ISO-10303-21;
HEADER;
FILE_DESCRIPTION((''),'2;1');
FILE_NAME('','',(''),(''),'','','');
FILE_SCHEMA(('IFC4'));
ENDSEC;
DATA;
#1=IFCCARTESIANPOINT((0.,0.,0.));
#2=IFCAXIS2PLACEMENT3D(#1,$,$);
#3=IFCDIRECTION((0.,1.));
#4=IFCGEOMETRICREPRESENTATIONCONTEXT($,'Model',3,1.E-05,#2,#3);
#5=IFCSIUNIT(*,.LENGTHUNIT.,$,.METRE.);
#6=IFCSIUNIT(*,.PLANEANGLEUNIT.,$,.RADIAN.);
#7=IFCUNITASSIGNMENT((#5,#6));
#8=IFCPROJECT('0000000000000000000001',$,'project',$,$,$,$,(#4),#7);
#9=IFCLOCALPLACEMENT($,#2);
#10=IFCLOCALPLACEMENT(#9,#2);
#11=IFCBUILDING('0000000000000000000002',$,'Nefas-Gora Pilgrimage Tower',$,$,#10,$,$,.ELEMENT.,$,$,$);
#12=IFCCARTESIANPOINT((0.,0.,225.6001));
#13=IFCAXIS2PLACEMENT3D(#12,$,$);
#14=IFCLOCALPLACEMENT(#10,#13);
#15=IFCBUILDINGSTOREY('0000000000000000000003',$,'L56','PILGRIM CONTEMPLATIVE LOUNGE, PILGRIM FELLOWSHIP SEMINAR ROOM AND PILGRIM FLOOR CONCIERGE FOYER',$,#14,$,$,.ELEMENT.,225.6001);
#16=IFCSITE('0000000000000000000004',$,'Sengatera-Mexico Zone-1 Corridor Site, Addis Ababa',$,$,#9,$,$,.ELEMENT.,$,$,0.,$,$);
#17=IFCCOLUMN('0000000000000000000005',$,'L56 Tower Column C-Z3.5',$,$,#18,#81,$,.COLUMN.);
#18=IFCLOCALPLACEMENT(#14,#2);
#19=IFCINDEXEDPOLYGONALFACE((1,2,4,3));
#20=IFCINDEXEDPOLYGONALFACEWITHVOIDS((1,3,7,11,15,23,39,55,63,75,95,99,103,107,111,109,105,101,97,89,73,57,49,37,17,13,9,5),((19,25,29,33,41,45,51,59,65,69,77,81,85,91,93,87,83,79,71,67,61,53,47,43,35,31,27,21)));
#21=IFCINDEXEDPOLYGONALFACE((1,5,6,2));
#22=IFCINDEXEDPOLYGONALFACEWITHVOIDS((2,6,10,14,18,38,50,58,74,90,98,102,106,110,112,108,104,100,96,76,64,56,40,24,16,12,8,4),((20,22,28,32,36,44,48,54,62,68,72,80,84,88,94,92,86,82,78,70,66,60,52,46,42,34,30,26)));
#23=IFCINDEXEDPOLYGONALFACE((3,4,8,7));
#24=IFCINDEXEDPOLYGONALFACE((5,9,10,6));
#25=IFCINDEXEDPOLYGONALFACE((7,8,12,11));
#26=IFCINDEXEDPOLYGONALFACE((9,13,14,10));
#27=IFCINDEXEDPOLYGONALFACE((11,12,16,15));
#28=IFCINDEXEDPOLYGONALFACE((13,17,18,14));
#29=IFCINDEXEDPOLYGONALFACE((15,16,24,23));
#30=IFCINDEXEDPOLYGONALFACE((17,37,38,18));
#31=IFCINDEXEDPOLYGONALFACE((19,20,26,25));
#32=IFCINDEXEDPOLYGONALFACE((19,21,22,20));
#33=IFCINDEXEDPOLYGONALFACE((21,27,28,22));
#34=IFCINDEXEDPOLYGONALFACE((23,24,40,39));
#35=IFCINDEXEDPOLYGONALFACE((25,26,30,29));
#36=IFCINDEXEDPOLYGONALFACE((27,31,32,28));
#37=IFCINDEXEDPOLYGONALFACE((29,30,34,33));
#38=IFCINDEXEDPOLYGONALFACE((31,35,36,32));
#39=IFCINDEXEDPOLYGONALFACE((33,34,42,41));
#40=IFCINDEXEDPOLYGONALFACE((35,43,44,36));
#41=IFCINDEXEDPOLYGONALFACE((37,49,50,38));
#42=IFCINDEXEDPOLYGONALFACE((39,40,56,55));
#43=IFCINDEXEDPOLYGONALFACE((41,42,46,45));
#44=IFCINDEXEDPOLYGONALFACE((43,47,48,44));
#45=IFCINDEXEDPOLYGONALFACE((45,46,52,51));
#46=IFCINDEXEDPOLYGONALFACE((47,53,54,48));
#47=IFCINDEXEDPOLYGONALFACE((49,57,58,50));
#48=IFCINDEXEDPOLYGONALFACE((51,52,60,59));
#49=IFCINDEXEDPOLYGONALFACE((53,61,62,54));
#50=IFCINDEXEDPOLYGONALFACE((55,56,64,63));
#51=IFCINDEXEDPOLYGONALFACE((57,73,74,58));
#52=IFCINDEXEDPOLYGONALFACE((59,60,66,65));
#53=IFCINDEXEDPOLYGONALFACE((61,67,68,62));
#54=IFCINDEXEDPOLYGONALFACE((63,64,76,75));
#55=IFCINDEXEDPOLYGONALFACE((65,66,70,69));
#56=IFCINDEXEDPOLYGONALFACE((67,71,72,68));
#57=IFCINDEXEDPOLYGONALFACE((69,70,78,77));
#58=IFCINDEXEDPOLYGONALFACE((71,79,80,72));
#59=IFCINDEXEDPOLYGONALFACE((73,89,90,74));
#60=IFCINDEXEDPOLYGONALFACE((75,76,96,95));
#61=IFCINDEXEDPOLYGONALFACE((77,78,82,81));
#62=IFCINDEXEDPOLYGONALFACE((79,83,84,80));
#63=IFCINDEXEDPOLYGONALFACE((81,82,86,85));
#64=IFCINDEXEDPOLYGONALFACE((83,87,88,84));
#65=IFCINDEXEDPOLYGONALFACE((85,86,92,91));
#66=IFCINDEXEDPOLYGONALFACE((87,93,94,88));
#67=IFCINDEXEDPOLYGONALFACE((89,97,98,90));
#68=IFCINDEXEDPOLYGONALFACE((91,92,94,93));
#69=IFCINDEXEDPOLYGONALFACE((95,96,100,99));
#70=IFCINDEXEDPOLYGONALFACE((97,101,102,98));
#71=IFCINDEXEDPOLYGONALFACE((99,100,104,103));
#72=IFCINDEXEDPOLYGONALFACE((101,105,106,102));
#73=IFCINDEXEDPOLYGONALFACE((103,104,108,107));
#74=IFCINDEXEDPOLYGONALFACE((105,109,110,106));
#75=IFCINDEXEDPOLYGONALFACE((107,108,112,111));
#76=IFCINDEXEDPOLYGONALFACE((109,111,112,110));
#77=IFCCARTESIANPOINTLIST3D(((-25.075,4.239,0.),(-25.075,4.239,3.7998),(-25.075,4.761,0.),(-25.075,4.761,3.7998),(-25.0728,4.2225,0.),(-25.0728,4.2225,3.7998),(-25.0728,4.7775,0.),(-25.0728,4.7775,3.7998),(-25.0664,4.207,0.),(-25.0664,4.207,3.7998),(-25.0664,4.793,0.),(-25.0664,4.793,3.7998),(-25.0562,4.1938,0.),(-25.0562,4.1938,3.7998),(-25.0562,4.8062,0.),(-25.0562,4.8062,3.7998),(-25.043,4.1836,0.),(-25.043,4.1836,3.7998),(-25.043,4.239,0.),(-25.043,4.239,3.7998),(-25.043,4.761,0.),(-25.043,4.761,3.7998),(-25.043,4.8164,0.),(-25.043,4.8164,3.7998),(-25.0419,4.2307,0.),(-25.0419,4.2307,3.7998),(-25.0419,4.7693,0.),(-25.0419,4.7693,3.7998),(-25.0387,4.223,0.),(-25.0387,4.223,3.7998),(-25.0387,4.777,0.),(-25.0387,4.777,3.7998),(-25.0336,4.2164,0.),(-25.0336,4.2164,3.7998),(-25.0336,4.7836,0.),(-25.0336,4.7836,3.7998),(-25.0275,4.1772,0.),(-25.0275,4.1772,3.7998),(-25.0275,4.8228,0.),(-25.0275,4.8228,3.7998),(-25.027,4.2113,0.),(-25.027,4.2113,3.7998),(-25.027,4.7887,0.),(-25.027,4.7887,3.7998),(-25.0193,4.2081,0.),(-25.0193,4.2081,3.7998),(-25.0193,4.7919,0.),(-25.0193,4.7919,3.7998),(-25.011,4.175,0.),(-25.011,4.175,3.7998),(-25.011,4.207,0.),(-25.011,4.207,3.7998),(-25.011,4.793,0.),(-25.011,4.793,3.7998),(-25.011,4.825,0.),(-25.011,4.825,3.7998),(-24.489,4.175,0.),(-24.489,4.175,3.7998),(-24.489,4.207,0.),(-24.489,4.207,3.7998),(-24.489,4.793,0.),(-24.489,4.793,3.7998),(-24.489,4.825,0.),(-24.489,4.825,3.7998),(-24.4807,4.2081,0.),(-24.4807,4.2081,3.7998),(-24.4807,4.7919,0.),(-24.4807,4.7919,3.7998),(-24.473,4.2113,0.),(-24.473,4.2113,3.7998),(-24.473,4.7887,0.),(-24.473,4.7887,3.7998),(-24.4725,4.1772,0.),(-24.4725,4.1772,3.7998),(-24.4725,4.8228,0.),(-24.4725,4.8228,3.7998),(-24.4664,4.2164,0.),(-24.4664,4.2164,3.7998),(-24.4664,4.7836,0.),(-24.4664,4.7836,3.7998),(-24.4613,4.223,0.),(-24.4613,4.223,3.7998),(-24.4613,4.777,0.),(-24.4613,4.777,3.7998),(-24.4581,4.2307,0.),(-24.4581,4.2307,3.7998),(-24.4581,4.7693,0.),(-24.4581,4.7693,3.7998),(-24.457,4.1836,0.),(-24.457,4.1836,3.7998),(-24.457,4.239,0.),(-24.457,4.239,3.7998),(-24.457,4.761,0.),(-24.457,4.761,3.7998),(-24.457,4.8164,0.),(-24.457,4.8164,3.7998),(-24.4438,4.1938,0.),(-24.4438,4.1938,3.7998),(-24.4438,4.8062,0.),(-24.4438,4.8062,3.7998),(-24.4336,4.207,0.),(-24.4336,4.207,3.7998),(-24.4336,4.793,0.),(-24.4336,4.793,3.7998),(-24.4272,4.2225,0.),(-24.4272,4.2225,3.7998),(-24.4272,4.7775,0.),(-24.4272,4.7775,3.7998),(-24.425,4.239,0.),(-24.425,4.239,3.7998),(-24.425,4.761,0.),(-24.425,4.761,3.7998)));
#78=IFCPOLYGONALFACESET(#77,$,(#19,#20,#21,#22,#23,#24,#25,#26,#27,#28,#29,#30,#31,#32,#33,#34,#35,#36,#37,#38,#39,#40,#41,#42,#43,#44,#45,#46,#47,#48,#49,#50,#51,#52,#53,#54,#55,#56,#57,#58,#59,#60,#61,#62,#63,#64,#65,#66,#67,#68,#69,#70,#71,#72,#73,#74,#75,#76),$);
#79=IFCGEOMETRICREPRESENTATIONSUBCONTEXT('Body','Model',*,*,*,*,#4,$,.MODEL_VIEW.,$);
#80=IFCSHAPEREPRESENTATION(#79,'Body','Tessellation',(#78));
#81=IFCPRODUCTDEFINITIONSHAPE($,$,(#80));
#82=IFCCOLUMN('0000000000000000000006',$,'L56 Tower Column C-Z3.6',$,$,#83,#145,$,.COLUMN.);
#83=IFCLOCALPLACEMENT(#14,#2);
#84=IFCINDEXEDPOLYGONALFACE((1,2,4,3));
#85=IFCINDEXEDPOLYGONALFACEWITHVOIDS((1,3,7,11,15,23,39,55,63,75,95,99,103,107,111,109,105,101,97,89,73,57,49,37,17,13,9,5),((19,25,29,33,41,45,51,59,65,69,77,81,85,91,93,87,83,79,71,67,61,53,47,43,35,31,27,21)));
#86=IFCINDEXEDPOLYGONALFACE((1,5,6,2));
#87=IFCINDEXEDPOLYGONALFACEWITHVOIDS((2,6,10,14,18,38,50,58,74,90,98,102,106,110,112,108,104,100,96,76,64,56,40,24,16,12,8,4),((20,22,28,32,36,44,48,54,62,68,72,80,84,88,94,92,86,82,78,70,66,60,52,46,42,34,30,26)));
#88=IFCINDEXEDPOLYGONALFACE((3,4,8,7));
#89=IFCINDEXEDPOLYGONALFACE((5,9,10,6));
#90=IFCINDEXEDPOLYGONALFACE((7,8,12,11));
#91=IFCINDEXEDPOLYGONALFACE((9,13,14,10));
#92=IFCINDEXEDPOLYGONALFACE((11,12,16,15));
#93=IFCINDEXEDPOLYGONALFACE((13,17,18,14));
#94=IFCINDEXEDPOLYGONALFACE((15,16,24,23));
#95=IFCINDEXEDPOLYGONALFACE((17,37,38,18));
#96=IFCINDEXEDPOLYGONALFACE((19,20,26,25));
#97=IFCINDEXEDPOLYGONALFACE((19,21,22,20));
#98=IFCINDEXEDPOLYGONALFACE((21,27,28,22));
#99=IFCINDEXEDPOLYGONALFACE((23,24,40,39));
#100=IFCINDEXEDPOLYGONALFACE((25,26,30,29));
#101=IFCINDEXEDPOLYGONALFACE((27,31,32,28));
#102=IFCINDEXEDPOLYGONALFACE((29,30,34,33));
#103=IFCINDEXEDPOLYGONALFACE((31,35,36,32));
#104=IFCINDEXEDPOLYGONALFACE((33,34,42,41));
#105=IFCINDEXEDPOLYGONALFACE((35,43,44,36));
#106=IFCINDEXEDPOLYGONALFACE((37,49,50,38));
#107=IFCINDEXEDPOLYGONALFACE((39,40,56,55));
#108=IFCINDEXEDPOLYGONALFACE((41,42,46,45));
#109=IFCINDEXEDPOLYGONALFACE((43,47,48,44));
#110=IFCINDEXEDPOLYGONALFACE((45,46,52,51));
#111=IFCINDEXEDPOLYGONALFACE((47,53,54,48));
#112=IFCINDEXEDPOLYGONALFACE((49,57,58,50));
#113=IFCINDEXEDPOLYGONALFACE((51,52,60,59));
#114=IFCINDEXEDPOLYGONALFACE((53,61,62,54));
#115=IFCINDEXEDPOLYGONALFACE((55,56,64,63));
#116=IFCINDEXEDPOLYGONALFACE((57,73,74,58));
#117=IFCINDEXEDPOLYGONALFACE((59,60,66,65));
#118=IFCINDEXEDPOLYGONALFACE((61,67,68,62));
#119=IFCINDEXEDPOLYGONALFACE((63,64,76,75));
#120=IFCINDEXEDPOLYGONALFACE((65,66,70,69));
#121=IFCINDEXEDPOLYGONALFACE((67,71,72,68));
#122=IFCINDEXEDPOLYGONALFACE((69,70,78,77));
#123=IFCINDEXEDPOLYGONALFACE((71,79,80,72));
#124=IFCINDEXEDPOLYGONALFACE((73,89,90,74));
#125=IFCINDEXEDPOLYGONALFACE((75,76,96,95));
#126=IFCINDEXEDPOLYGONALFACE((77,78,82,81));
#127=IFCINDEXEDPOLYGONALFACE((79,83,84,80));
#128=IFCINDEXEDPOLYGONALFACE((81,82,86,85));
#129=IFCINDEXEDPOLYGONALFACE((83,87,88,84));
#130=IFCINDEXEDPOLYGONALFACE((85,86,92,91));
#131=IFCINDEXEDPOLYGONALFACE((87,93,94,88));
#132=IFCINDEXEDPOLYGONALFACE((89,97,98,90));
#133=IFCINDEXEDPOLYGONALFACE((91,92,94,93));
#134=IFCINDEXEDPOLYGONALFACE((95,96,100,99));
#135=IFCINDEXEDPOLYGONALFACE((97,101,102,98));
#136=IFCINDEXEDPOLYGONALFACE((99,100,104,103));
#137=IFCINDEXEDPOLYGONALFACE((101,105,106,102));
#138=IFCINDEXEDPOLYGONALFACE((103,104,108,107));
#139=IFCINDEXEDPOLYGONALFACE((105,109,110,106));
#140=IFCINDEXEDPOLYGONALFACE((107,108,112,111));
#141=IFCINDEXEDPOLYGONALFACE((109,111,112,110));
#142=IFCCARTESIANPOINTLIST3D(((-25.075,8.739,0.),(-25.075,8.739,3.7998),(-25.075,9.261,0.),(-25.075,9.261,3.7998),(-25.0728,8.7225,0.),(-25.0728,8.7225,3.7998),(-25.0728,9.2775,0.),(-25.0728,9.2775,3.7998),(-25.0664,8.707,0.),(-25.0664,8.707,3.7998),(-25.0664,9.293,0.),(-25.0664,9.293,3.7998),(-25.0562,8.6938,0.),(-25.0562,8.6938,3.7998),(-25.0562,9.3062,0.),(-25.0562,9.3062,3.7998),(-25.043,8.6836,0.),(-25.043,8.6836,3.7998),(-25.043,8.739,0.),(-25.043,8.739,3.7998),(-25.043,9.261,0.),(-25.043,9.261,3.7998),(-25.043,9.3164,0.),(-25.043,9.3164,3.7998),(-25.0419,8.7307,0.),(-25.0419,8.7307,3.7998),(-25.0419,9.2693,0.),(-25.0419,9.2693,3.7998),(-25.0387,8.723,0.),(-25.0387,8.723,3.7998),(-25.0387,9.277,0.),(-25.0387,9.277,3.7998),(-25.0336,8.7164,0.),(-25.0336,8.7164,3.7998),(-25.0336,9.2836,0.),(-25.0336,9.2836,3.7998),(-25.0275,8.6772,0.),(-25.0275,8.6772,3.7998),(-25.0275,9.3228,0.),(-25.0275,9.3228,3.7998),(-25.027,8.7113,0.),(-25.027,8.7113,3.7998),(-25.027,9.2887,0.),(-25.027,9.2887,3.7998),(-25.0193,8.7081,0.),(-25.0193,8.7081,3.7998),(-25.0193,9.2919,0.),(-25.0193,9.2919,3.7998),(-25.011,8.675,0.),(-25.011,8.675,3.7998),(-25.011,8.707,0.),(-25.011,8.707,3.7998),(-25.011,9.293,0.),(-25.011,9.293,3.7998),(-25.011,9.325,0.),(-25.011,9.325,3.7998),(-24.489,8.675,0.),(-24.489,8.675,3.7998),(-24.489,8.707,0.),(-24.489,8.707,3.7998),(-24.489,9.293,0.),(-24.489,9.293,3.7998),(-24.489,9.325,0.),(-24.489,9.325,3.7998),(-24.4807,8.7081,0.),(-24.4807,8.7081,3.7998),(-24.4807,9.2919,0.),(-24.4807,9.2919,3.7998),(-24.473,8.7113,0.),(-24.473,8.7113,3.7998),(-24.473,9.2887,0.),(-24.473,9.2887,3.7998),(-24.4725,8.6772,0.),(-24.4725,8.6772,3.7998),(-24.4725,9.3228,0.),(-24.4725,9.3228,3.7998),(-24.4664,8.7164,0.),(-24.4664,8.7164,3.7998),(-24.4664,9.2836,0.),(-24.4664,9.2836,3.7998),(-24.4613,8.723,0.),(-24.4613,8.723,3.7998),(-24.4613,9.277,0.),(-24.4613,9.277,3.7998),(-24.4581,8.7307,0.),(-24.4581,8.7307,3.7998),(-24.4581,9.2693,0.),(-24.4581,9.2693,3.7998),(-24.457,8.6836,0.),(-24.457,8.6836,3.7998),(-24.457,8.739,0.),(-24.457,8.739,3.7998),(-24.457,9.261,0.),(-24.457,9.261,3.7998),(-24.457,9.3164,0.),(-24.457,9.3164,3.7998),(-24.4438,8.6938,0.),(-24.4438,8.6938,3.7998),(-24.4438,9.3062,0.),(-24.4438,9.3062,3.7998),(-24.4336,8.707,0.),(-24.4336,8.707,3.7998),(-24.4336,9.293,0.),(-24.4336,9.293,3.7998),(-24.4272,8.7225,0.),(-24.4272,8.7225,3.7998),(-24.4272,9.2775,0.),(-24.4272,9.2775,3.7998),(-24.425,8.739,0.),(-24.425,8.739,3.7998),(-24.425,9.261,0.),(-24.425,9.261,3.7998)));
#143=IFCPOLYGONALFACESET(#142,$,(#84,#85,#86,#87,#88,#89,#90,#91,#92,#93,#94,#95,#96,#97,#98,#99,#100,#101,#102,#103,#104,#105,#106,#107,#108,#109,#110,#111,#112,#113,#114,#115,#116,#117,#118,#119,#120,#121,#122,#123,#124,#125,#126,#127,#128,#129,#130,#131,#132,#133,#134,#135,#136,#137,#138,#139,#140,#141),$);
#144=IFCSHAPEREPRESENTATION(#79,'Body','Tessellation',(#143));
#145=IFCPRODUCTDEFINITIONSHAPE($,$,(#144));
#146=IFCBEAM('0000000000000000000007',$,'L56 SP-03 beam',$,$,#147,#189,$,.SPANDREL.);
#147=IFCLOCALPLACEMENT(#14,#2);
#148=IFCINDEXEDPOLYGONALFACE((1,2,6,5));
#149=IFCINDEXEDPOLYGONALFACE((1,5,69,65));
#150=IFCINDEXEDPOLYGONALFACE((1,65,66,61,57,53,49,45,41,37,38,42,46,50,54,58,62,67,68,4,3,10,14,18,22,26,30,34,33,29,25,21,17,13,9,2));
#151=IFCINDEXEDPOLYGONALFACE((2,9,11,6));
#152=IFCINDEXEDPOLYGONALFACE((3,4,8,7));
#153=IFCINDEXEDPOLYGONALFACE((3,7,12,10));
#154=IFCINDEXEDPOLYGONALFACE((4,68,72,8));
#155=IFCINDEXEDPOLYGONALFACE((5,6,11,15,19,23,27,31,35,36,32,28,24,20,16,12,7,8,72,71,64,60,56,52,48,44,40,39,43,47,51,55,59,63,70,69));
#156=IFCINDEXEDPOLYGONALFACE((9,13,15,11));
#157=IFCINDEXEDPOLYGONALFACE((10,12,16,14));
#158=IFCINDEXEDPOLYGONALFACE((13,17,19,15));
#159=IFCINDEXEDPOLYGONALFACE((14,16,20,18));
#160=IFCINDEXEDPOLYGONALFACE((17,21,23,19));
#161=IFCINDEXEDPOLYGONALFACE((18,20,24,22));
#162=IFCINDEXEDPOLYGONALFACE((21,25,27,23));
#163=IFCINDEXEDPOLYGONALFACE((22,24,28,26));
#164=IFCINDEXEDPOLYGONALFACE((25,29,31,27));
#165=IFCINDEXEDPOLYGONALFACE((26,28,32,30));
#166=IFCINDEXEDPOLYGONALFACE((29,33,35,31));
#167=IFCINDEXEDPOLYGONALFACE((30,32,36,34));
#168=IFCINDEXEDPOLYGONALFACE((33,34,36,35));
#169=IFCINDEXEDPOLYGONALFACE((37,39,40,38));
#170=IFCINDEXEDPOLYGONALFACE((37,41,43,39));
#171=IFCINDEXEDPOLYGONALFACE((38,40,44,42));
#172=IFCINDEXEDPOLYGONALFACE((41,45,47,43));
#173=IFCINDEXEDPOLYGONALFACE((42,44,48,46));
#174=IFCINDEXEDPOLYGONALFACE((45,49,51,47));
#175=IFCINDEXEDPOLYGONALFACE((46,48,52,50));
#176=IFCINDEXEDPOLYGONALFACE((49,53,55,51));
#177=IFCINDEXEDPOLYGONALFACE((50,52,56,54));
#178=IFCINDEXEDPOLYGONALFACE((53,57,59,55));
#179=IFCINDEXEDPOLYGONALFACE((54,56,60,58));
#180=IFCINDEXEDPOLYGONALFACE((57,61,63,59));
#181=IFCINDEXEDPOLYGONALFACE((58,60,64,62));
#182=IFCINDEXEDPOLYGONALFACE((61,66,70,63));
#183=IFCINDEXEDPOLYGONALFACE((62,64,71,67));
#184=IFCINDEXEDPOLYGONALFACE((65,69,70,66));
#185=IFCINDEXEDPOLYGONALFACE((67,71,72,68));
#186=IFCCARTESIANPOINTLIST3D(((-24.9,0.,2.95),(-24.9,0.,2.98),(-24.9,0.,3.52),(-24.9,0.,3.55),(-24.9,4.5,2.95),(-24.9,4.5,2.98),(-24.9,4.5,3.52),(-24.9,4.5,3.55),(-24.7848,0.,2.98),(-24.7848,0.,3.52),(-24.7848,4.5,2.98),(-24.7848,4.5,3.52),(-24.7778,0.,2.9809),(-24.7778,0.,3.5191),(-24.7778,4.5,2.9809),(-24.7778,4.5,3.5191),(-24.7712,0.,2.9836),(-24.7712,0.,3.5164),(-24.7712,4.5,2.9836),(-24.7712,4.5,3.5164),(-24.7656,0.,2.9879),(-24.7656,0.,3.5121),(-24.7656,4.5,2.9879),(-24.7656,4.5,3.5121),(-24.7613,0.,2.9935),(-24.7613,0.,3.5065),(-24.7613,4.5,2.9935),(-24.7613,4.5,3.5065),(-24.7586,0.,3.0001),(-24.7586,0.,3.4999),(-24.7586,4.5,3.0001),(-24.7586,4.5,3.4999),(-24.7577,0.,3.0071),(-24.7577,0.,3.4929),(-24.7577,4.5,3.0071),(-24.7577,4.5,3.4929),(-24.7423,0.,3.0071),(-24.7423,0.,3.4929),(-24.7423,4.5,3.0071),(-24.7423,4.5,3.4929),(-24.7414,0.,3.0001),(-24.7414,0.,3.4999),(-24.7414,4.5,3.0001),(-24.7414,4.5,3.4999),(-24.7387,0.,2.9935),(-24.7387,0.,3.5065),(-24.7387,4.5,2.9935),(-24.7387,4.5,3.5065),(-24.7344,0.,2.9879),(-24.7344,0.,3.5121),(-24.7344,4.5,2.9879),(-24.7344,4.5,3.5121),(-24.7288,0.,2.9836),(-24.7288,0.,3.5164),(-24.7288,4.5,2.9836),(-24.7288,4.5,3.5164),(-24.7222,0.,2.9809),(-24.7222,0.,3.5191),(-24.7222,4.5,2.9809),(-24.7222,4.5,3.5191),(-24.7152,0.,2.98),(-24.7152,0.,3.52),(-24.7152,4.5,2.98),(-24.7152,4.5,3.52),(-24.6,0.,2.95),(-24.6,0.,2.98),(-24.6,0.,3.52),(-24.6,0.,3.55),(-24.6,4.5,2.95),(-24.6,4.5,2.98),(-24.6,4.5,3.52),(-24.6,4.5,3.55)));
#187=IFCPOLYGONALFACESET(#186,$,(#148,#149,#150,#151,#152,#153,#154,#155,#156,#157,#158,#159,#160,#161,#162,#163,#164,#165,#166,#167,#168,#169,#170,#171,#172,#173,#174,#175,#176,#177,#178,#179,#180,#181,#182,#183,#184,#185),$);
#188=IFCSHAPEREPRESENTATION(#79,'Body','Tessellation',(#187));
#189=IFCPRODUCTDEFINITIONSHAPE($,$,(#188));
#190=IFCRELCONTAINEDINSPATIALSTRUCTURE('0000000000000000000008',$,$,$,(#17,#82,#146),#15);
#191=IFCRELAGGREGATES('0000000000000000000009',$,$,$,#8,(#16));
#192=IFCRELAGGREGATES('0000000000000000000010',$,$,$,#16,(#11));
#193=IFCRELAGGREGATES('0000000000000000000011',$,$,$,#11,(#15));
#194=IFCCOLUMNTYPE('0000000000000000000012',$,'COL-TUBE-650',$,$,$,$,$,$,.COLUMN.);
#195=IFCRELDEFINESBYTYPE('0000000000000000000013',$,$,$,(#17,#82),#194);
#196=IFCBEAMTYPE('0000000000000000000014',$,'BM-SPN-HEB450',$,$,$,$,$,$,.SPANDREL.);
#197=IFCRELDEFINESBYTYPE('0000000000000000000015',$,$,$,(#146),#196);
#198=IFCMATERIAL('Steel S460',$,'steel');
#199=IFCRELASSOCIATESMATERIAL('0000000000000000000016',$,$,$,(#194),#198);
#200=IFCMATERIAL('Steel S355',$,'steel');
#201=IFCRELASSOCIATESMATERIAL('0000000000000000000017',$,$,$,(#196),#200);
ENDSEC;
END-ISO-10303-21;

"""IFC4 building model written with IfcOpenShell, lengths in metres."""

from ifc_helpers import new_model, si_unit, direction, frame, origin, origin_2d, place, context, subcontext, project, spatial, hollow_rectangle, i_section, extrude, source, transform, mapped, material, material_profile, profile_set, type_object, element, save


model = new_model("IFC4")

# Units and contexts
model_context = context("Model", 3, precision=1e-05, world=origin(), true_north=direction((0.0, 1.0)))
body_context = subcontext(model_context, "Body", "Model", "MODEL_VIEW")
ifc_project = project(units=[si_unit("LENGTHUNIT", "METRE"), si_unit("PLANEANGLEUNIT", "RADIAN")], contexts=[model_context])

# Site, building, storey
site_placement = place(None, origin())
site = spatial("IfcSite", under=ifc_project, at=site_placement, Name="Sengatera-Mexico Zone-1 Corridor Site, Addis Ababa", CompositionType="ELEMENT", RefElevation=0.0)
building_placement = place(site_placement, origin())
building = spatial("IfcBuilding", under=site, at=building_placement, Name="Nefas-Gora Pilgrimage Tower", CompositionType="ELEMENT")
storey_placement = place(building_placement, frame((0.0, 0.0, 225.6001)))
storey = spatial("IfcBuildingStorey", under=building, at=storey_placement, Name="L56", Description="PILGRIM CONTEMPLATIVE LOUNGE, PILGRIM FELLOWSHIP SEMINAR ROOM AND PILGRIM FLOOR CONCIERGE FOYER", CompositionType="ELEMENT", Elevation=225.6001)

# Columns
ifc_material_1 = material(Name="Steel S460", Category="steel")
ifc_material_profile_1 = material_profile(ifc_material_1, hollow_rectangle(XDim=0.6499, YDim=0.6499, WallThickness=0.032, InnerFilletRadius=0.032, OuterFilletRadius=0.064, at=origin_2d()), Name="BOX 650x650x32")
ifc_profile_set_1 = profile_set([ifc_material_profile_1], Name="Steel S460")
column_type_1 = type_object("IfcColumnType", Name="COL-TUBE-650", PredefinedType="COLUMN", material=ifc_profile_set_1)
shared_shape_1 = source(origin(), body_context, "Body", "SweptSolid", [
    extrude(hollow_rectangle(XDim=0.6499, YDim=0.6499, WallThickness=0.032, InnerFilletRadius=0.032, OuterFilletRadius=0.064, at=origin_2d()), origin(), (0.0, 0.0, 1.0), 3.7998),
])
for number, where, z_axis, x_axis, name in (
    (1, (-24.75, 4.5, 0.0), (0.0, 0.0, 1.0), (1.0, 0.0, 0.0), "L56 Tower Column C-Z3.5"),
    (2, (-24.75, 9.0, 0.0), (0.0, 0.0, 1.0), (1.0, 0.0, 0.0), "L56 Tower Column C-Z3.6"),
):
    element("IfcColumn", number, at=place(storey_placement, frame(where, z_axis=z_axis, x_axis=x_axis)), inside=storey, type_object=column_type_1, Name=name, PredefinedType="COLUMN", context=body_context, shape_type="MappedRepresentation", body=[
        mapped(shared_shape_1, transform((0.0, 0.0, 0.0), x_axis=(1.0, 0.0, 0.0), y_axis=(0.0, 1.0, 0.0), z_axis=(0.0, 0.0, 1.0), scale=1.0)),
    ])

# Beam
ifc_material_2 = material(Name="Steel S355", Category="steel")
ifc_material_profile_2 = material_profile(ifc_material_2, i_section(OverallWidth=0.3, OverallDepth=0.6001, WebThickness=0.0154, FlangeThickness=0.03, FilletRadius=0.0271, at=origin_2d()), Name="HEB 600")
ifc_profile_set_2 = profile_set([ifc_material_profile_2], Name="Steel S355")
beam_type_1 = type_object("IfcBeamType", Name="BM-SPN-HEB450", PredefinedType="SPANDREL", material=ifc_profile_set_2)
shared_shape_2 = source(origin(), body_context, "Body", "SweptSolid", [
    extrude(i_section(OverallWidth=0.3, OverallDepth=0.6001, WebThickness=0.0154, FlangeThickness=0.03, FilletRadius=0.0271, at=origin_2d()), origin(), (0.0, 0.0, 1.0), 4.5),
])
for number, where, z_axis, x_axis, name in (
    (3, (-24.75, 0.0, 3.25), (0.0, 1.0, 0.0), (-1.0, 0.0, 0.0), "L56 SP-03 beam"),
):
    element("IfcBeam", number, at=place(storey_placement, frame(where, z_axis=z_axis, x_axis=x_axis)), inside=storey, type_object=beam_type_1, Name=name, PredefinedType="SPANDREL", context=body_context, shape_type="MappedRepresentation", body=[
        mapped(shared_shape_2, transform((0.0, 0.0, 0.0), x_axis=(1.0, 0.0, 0.0), y_axis=(0.0, 1.0, 0.0), z_axis=(0.0, 0.0, 1.0), scale=1.0)),
    ])

save(model, "model.ifc")
